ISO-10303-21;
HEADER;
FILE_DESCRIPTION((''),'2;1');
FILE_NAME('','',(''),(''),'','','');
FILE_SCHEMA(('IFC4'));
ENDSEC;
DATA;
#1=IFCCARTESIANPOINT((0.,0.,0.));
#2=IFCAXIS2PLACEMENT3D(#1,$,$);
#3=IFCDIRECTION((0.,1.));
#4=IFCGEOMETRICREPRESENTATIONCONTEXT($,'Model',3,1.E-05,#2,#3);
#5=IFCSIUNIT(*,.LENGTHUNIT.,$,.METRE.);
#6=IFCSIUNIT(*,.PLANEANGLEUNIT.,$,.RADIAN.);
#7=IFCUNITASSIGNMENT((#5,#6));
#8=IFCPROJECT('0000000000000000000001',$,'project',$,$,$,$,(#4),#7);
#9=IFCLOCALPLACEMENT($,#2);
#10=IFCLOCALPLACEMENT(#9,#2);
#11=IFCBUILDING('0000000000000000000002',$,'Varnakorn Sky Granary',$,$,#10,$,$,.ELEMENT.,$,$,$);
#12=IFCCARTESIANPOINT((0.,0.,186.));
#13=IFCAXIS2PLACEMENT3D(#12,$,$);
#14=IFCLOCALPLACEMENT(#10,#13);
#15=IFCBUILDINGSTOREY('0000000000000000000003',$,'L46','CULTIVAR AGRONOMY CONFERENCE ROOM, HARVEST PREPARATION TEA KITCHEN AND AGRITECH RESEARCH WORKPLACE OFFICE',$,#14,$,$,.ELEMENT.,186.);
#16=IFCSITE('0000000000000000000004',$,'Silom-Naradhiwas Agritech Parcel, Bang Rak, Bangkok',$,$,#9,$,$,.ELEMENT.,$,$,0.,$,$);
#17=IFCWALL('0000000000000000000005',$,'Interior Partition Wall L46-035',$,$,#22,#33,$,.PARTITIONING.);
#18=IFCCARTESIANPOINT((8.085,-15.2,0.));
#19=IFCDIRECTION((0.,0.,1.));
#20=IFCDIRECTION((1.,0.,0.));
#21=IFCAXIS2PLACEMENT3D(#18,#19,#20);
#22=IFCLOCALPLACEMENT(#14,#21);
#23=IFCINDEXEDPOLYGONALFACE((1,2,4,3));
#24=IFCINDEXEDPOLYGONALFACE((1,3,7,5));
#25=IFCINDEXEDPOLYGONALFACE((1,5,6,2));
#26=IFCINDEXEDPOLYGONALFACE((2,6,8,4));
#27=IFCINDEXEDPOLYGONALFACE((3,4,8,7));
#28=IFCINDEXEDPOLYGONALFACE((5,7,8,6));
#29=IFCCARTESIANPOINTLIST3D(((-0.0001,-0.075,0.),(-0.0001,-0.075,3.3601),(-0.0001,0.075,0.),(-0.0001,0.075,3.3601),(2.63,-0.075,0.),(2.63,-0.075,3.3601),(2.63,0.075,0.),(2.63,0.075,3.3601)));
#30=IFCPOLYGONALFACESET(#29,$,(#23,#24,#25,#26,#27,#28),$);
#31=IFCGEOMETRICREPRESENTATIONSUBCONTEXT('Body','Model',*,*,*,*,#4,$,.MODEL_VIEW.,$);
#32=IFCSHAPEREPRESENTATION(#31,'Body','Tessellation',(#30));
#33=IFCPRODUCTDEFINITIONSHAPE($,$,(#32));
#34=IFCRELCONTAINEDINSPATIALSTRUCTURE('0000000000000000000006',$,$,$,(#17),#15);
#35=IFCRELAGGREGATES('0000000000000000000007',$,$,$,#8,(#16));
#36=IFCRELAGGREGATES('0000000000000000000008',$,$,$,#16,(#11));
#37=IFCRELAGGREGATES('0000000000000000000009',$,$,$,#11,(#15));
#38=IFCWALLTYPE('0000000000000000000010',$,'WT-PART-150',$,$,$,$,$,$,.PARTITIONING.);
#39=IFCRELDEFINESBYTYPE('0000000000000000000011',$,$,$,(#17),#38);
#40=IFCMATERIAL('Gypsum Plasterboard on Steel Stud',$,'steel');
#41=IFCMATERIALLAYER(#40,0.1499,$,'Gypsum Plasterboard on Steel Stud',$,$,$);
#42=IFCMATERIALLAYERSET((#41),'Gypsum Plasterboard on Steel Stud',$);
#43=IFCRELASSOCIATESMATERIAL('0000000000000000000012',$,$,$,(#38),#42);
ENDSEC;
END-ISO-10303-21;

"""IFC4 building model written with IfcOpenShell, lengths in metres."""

from ifc_helpers import new_model, si_unit, direction, frame, frame_2d, origin, place, context, subcontext, project, spatial, rectangle, extrude, material, layer, layer_set, type_object, element, save


model = new_model("IFC4")

# Units and contexts
model_context = context("Model", 3, precision=1e-05, world=origin(), true_north=direction((0.0, 1.0)))
body_context = subcontext(model_context, "Body", "Model", "MODEL_VIEW")
ifc_project = project(units=[si_unit("LENGTHUNIT", "METRE"), si_unit("PLANEANGLEUNIT", "RADIAN")], contexts=[model_context])

# Site, building, storey
site_placement = place(None, origin())
site = spatial("IfcSite", under=ifc_project, at=site_placement, Name="Silom-Naradhiwas Agritech Parcel, Bang Rak, Bangkok", CompositionType="ELEMENT", RefElevation=0.0)
building_placement = place(site_placement, origin())
building = spatial("IfcBuilding", under=site, at=building_placement, Name="Varnakorn Sky Granary", CompositionType="ELEMENT")
storey_placement = place(building_placement, frame((0.0, 0.0, 186.0)))
storey = spatial("IfcBuildingStorey", under=building, at=storey_placement, Name="L46", Description="CULTIVAR AGRONOMY CONFERENCE ROOM, HARVEST PREPARATION TEA KITCHEN AND AGRITECH RESEARCH WORKPLACE OFFICE", CompositionType="ELEMENT", Elevation=186.0)

# Wall
ifc_material_1 = material(Name="Gypsum Plasterboard on Steel Stud", Category="steel")
ifc_layer_1 = layer(ifc_material_1, 0.1499, Name="Gypsum Plasterboard on Steel Stud")
ifc_layer_set_1 = layer_set([ifc_layer_1], Name="Gypsum Plasterboard on Steel Stud")
wall_type_1 = type_object("IfcWallType", Name="WT-PART-150", PredefinedType="PARTITIONING", material=ifc_layer_set_1)
wall_1_placement = place(storey_placement, frame((8.085, -15.2, 0.0), z_axis=(0.0, 0.0, 1.0), x_axis=(1.0, 0.0, 0.0)))
element("IfcWall", 1, at=wall_1_placement, inside=storey, type_object=wall_type_1, Name="Interior Partition Wall L46-035", PredefinedType="PARTITIONING", context=body_context, shape_type="SweptSolid", body=[
    extrude(rectangle(XDim=2.6301, YDim=0.1499, at=frame_2d((1.3149, 0.0))), origin(), (0.0, 0.0, 1.0), 3.3601),
])

save(model, "model.ifc")
